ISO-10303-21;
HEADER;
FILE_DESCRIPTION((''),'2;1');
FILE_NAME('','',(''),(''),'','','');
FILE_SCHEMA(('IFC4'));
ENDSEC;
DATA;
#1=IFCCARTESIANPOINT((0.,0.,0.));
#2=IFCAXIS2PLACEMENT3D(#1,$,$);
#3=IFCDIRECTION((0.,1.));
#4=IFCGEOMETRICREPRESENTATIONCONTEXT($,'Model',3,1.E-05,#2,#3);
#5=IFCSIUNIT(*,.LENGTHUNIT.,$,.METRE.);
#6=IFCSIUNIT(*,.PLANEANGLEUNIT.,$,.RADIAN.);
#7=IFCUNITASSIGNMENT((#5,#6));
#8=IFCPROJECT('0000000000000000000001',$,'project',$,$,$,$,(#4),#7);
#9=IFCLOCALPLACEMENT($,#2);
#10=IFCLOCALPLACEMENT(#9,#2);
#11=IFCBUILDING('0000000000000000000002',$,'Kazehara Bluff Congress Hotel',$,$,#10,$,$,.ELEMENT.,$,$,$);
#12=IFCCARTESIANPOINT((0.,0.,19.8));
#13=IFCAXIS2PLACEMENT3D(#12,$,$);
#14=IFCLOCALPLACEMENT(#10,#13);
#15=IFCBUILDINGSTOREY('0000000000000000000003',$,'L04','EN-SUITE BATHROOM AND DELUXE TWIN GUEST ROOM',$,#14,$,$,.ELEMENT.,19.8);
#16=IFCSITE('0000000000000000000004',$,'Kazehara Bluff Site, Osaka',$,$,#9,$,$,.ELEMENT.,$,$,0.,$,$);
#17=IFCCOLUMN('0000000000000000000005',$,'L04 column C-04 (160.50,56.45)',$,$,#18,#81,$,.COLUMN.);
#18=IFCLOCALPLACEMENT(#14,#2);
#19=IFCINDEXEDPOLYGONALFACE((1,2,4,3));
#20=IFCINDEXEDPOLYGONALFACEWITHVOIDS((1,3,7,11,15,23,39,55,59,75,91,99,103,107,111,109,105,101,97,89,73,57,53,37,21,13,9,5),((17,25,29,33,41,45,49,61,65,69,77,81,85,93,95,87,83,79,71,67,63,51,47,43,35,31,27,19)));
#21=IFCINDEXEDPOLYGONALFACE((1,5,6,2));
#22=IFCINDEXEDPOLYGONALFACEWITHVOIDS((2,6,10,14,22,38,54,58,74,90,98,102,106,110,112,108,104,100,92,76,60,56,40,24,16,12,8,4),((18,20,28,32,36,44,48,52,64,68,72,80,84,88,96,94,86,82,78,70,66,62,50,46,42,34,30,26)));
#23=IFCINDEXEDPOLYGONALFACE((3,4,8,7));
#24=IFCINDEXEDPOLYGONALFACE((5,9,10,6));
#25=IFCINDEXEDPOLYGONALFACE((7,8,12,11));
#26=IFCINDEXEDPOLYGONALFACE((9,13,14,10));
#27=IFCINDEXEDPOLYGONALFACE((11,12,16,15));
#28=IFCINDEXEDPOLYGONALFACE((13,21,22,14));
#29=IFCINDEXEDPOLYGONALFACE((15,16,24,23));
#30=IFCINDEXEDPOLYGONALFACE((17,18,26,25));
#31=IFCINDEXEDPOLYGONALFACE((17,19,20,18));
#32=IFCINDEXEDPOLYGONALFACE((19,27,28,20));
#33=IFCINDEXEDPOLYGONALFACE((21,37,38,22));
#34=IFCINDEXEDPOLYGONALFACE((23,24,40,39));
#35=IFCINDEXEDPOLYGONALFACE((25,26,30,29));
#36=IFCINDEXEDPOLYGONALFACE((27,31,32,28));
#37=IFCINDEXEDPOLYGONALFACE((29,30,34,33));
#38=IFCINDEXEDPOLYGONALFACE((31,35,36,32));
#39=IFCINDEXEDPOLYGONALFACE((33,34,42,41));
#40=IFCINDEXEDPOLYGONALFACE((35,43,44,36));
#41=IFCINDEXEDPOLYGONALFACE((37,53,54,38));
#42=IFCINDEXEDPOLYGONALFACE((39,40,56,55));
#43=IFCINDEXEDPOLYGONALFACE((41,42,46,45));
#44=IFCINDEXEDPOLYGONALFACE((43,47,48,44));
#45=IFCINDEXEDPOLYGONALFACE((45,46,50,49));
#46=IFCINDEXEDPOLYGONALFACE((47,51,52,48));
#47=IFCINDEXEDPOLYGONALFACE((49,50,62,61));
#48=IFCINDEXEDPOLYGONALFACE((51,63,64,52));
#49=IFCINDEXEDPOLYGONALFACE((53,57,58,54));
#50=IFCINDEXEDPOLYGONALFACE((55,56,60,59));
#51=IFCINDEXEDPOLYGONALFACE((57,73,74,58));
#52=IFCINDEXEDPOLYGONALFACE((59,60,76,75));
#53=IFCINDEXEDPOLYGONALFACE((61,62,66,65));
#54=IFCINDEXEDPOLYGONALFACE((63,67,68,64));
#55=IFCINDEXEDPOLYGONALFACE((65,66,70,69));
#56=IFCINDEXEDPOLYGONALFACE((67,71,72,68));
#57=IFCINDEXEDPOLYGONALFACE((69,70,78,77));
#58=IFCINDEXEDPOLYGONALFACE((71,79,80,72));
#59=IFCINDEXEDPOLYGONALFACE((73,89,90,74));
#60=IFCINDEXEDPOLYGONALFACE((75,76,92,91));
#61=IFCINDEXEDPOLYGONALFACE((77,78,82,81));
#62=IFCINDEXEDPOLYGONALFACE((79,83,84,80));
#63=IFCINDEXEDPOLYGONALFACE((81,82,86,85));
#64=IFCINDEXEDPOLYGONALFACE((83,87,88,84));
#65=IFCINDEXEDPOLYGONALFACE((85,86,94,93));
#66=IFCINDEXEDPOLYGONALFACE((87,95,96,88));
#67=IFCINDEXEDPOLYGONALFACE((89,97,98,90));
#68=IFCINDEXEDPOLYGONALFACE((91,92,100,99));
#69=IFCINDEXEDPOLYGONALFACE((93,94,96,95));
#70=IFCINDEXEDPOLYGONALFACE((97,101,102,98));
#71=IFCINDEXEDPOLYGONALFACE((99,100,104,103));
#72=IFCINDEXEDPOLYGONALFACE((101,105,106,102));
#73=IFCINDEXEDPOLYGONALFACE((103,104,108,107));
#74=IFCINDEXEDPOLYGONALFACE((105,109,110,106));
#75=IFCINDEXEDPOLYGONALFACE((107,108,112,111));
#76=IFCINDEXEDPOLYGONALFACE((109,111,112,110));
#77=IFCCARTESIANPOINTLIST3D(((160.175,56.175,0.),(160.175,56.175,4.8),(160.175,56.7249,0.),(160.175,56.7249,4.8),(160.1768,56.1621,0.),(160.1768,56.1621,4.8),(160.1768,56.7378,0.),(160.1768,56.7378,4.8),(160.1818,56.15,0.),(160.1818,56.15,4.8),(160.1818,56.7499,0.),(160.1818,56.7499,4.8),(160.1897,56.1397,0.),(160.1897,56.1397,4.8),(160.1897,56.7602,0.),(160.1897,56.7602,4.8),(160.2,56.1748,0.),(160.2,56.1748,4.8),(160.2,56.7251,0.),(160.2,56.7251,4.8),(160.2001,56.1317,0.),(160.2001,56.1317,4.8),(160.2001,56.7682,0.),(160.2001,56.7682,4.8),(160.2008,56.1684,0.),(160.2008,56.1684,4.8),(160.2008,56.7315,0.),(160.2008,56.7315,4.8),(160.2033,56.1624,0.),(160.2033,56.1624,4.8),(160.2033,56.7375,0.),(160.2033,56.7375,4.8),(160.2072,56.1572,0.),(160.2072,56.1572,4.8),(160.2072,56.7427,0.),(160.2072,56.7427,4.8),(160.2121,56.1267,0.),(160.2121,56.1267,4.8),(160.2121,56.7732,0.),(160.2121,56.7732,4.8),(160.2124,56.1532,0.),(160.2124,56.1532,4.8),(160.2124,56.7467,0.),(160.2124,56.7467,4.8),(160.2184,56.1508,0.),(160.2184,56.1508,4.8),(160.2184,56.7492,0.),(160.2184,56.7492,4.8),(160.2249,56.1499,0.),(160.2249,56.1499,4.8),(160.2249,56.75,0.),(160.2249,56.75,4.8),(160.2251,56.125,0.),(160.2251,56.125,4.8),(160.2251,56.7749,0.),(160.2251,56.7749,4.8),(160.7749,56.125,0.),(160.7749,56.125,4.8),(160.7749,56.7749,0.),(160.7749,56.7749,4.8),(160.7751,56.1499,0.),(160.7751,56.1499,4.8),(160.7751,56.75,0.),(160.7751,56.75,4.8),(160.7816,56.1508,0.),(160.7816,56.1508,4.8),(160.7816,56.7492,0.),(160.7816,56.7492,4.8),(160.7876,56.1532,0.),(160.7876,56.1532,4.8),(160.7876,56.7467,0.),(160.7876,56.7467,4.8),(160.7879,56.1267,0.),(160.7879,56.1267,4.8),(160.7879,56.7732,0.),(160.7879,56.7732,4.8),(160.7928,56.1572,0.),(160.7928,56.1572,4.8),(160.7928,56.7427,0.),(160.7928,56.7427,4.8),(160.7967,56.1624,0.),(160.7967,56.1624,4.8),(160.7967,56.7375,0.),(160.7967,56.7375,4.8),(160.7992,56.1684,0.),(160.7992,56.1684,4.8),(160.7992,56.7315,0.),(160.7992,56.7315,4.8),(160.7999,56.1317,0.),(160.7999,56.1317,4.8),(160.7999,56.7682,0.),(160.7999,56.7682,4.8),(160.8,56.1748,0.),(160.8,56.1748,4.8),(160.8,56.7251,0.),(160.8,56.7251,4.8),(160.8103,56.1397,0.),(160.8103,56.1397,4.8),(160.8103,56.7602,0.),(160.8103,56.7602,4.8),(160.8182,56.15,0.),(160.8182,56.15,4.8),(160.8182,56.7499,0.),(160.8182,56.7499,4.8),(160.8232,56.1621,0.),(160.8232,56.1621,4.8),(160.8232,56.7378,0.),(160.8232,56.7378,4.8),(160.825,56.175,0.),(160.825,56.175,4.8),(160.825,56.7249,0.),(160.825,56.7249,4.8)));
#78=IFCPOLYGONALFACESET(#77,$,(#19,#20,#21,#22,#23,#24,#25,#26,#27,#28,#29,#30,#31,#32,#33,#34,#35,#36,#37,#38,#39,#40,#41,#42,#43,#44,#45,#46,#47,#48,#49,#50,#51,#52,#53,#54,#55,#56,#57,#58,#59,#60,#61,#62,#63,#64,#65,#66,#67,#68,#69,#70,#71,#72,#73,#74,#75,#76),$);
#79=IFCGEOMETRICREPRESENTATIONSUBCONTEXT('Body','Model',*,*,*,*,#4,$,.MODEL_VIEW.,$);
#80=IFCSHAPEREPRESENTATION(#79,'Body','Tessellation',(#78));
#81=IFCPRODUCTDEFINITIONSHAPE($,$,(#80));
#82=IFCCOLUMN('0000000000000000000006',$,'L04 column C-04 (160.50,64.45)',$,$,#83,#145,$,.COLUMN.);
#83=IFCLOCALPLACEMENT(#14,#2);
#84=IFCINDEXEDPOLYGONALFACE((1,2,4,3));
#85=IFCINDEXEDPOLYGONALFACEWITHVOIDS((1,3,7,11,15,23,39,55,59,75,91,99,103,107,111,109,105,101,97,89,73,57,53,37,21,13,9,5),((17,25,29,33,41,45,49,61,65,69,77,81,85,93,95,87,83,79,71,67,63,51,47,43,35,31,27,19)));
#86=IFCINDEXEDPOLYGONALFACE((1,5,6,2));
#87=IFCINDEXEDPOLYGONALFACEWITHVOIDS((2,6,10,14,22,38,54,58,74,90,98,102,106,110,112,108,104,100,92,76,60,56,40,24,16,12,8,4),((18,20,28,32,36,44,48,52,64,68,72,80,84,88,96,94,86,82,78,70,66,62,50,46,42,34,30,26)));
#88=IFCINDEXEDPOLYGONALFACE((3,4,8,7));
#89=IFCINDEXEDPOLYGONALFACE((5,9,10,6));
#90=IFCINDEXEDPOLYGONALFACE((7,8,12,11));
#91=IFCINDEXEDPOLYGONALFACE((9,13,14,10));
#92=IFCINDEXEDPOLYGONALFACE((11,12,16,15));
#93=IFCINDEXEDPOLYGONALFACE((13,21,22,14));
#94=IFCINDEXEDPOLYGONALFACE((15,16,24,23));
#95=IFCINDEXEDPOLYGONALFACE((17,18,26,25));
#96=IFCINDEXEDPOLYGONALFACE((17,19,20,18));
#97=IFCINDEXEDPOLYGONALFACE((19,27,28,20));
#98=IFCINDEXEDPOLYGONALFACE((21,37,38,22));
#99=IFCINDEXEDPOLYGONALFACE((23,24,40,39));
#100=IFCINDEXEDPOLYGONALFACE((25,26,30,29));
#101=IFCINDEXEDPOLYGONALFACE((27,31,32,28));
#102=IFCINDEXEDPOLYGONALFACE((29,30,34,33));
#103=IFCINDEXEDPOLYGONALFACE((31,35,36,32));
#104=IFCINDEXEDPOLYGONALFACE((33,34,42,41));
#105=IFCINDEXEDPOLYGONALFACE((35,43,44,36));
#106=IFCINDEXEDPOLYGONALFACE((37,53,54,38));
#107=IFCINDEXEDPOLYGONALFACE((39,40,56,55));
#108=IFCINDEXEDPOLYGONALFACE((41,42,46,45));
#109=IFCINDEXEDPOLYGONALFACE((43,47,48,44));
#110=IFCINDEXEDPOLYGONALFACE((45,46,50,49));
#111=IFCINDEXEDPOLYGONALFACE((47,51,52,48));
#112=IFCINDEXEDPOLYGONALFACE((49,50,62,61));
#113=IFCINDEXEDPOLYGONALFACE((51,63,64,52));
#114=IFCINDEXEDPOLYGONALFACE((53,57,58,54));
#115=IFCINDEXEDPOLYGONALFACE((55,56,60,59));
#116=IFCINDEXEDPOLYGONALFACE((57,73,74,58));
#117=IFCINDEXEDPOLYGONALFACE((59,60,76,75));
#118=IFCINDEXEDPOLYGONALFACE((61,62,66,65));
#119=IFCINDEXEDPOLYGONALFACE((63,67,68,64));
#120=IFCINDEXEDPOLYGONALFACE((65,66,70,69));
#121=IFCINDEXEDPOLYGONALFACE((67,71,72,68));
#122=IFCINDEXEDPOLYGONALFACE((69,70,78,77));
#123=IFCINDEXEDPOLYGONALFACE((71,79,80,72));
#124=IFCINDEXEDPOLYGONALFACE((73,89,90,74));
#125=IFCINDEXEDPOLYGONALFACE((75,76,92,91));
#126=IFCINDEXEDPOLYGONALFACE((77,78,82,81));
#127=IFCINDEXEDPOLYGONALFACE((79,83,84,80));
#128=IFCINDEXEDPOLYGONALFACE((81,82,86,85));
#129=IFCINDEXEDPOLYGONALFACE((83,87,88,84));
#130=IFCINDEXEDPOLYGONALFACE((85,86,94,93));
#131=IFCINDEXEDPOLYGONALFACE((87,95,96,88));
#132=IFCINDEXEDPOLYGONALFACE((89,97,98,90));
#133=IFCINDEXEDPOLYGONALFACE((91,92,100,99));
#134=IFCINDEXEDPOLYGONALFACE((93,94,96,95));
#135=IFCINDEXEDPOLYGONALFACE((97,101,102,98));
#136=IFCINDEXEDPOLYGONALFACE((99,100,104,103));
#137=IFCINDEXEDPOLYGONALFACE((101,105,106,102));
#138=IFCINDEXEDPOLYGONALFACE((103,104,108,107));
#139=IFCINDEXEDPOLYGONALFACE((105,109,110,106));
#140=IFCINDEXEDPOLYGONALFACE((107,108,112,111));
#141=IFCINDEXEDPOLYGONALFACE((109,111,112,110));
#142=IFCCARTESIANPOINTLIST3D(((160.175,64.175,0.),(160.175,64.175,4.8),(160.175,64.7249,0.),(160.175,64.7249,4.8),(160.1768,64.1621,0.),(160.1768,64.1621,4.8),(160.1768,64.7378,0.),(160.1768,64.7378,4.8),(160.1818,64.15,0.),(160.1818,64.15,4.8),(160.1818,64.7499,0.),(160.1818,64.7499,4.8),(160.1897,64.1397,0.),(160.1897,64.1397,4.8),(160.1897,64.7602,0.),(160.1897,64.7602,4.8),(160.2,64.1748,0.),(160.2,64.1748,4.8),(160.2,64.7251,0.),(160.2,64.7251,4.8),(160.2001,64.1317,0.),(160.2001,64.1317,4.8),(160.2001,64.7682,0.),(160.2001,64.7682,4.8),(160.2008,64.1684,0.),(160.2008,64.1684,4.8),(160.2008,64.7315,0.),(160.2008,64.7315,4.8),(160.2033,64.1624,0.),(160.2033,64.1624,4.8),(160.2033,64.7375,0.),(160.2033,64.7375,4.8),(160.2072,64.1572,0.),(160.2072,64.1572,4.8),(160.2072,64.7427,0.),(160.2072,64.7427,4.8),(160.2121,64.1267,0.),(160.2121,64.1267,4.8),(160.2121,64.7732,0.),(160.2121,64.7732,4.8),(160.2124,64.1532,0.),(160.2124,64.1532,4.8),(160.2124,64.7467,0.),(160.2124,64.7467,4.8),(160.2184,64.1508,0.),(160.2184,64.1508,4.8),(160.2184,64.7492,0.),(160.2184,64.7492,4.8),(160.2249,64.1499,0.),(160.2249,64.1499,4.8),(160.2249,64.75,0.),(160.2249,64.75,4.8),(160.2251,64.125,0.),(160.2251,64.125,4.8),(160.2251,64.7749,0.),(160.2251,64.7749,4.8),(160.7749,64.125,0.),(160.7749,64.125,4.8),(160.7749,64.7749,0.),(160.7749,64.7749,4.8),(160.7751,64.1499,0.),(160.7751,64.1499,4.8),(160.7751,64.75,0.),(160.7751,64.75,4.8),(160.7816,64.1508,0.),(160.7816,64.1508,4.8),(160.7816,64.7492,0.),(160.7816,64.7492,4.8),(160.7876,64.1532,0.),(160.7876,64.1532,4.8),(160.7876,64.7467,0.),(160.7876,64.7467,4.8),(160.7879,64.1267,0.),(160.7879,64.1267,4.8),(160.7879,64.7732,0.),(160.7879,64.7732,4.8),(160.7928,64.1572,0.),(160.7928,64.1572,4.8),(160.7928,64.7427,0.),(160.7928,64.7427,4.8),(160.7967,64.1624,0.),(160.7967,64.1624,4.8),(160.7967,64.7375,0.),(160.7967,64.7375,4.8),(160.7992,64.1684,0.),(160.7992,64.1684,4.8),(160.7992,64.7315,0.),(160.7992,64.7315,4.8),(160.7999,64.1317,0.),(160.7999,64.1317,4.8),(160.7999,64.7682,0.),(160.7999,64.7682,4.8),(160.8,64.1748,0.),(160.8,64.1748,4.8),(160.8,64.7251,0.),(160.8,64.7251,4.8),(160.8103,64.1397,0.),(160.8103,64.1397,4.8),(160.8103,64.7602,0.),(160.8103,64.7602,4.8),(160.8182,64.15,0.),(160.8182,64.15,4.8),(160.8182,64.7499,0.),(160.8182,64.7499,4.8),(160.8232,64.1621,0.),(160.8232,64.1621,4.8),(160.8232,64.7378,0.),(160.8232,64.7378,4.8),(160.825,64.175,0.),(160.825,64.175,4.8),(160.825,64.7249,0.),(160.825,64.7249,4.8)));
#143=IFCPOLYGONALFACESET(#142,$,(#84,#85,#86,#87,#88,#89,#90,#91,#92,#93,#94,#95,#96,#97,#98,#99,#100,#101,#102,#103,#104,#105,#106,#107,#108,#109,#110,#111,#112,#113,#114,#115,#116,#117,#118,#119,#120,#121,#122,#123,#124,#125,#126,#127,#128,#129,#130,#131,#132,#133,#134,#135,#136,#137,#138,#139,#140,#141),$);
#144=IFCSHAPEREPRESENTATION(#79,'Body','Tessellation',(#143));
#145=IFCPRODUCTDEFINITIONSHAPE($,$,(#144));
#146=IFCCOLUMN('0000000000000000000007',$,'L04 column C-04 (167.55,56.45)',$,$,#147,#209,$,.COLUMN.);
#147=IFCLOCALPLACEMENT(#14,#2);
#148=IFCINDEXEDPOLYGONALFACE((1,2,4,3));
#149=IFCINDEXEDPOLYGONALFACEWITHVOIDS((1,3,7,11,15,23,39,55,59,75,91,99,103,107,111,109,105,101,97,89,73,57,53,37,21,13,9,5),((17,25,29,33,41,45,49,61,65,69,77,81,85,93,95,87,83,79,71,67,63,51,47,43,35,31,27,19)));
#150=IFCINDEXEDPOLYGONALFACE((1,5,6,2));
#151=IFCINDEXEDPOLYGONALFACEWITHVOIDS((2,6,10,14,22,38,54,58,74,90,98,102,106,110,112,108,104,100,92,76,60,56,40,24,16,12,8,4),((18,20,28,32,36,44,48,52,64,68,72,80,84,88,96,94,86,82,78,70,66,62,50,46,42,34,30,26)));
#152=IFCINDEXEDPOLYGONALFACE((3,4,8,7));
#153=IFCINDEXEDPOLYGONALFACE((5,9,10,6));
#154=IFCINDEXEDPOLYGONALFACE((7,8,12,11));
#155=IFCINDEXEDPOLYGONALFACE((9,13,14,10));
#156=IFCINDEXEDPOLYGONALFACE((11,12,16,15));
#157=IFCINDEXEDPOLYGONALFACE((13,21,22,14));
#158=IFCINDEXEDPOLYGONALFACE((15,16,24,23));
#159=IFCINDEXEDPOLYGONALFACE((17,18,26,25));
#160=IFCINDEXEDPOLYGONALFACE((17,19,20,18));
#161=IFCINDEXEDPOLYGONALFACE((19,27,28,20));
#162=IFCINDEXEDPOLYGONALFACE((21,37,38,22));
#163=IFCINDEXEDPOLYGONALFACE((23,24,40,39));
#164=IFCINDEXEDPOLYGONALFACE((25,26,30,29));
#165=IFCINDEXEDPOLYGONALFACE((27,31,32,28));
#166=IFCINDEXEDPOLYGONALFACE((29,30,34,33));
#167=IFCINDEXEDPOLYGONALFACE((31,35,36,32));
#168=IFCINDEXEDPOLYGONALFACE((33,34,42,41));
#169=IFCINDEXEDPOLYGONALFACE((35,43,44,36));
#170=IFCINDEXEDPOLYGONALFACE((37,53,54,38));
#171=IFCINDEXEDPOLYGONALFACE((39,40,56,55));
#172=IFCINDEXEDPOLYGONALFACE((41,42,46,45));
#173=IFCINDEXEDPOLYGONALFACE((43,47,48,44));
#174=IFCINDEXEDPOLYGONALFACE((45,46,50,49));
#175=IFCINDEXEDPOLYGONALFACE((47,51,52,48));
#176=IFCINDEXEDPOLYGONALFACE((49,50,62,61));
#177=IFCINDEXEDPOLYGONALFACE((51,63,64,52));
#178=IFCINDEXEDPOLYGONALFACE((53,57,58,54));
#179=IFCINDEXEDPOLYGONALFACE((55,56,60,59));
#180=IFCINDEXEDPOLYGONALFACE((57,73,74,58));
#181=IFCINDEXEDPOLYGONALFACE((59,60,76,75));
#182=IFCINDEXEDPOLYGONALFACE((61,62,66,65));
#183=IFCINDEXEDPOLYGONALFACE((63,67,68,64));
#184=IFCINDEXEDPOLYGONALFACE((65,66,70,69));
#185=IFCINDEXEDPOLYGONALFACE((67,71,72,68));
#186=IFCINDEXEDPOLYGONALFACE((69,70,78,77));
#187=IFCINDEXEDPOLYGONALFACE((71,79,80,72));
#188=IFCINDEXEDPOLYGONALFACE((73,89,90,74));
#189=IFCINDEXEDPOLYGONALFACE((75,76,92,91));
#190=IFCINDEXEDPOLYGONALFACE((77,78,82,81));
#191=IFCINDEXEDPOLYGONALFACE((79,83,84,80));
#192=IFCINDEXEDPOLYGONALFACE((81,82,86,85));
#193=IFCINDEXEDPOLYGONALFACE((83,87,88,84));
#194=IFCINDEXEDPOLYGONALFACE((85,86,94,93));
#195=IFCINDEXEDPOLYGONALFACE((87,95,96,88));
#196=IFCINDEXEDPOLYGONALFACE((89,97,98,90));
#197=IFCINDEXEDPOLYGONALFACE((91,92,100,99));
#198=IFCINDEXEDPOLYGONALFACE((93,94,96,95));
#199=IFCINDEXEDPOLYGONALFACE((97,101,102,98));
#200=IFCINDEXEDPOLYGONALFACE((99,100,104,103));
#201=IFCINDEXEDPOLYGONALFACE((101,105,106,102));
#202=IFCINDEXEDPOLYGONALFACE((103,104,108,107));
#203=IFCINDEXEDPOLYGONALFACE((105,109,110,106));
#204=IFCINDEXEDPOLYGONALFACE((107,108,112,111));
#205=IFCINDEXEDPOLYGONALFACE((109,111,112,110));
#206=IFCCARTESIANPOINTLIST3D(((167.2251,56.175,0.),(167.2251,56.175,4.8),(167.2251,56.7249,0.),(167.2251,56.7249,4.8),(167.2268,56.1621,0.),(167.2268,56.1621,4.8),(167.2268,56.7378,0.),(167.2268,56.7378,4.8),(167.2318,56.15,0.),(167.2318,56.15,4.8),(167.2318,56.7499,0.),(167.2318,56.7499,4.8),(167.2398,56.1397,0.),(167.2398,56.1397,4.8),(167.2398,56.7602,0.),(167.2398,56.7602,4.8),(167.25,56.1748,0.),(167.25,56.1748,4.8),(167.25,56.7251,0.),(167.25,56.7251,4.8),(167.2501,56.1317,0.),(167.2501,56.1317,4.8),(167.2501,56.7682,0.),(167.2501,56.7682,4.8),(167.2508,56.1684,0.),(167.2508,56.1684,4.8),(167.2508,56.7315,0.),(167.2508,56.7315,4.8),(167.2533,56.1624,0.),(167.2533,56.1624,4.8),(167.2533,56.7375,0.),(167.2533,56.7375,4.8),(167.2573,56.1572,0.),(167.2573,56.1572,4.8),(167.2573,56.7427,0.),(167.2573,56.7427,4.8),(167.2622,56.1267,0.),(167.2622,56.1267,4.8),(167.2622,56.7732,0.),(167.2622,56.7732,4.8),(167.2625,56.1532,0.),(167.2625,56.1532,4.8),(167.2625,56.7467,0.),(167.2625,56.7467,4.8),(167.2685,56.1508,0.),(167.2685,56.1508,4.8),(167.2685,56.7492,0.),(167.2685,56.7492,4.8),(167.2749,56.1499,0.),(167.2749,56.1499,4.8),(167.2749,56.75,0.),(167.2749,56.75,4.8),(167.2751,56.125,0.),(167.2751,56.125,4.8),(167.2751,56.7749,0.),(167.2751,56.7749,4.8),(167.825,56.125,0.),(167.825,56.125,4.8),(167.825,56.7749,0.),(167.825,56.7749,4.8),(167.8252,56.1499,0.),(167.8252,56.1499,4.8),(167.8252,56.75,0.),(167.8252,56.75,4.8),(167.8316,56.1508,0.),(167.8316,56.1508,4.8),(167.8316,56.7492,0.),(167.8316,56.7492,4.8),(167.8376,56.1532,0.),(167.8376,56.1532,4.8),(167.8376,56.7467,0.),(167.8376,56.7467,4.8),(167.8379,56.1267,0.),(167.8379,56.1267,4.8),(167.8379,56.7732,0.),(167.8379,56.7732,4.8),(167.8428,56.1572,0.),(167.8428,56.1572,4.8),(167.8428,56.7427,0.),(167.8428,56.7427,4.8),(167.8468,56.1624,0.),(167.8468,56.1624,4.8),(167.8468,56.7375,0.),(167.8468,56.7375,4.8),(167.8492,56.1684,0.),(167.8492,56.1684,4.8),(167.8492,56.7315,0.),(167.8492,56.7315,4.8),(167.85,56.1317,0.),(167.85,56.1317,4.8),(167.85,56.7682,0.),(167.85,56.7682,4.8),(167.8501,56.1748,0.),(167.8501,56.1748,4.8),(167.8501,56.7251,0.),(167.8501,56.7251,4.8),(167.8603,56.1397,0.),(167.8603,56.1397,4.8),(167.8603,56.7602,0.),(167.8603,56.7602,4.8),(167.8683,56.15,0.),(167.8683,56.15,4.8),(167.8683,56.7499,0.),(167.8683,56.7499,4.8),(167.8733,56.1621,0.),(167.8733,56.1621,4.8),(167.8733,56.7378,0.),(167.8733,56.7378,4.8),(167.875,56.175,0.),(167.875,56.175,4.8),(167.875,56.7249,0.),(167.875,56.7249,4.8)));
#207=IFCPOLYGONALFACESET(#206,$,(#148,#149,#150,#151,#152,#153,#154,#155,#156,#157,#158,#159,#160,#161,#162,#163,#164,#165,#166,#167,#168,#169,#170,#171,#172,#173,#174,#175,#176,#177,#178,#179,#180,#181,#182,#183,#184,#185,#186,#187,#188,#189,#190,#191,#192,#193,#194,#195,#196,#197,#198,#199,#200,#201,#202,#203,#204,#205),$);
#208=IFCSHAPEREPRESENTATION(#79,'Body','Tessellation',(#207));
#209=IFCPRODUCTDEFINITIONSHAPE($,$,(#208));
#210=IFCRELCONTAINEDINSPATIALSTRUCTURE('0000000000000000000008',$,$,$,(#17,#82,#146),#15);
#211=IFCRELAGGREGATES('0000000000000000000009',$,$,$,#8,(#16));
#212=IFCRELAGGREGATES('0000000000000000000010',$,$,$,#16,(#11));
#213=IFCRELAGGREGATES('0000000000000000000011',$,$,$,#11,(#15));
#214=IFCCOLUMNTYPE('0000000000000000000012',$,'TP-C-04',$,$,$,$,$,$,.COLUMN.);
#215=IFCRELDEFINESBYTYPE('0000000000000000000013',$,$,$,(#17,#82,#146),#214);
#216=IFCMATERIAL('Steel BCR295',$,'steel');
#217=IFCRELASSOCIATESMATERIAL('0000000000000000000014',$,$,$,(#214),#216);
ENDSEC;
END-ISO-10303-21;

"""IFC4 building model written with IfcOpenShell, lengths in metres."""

from ifc_helpers import new_model, si_unit, direction, frame, origin, origin_2d, place, context, subcontext, project, spatial, hollow_rectangle, extrude, material, material_profile, profile_set, type_object, element, save


model = new_model("IFC4")

# Units and contexts
model_context = context("Model", 3, precision=1e-05, world=origin(), true_north=direction((0.0, 1.0)))
body_context = subcontext(model_context, "Body", "Model", "MODEL_VIEW")
ifc_project = project(units=[si_unit("LENGTHUNIT", "METRE"), si_unit("PLANEANGLEUNIT", "RADIAN")], contexts=[model_context])

# Site, building, storey
site_placement = place(None, origin())
site = spatial("IfcSite", under=ifc_project, at=site_placement, Name="Kazehara Bluff Site, Osaka", CompositionType="ELEMENT", RefElevation=0.0)
building_placement = place(site_placement, origin())
building = spatial("IfcBuilding", under=site, at=building_placement, Name="Kazehara Bluff Congress Hotel", CompositionType="ELEMENT")
storey_placement = place(building_placement, frame((0.0, 0.0, 19.8)))
storey = spatial("IfcBuildingStorey", under=building, at=storey_placement, Name="L04", Description="EN-SUITE BATHROOM AND DELUXE TWIN GUEST ROOM", CompositionType="ELEMENT", Elevation=19.8)

# Columns
ifc_material_1 = material(Name="Steel BCR295", Category="steel")
ifc_material_profile_1 = material_profile(ifc_material_1, hollow_rectangle(XDim=0.6499, YDim=0.6499, WallThickness=0.0249, InnerFilletRadius=0.0249, OuterFilletRadius=0.05, at=origin_2d()))
ifc_profile_set_1 = profile_set([ifc_material_profile_1], Name="Steel BCR295")
column_type = type_object("IfcColumnType", Name="TP-C-04", PredefinedType="COLUMN", material=ifc_profile_set_1)
for number, where, z_axis, x_axis, name in (
    (1, (160.5, 56.45, 0.0), (0.0, 0.0, 1.0), (1.0, 0.0, 0.0), "L04 column C-04 (160.50,56.45)"),
    (2, (160.5, 64.45, 0.0), (0.0, 0.0, 1.0), (1.0, 0.0, 0.0), "L04 column C-04 (160.50,64.45)"),
    (3, (167.55, 56.45, 0.0), (0.0, 0.0, 1.0), (1.0, 0.0, 0.0), "L04 column C-04 (167.55,56.45)"),
):
    element("IfcColumn", number, at=place(storey_placement, frame(where, z_axis=z_axis, x_axis=x_axis)), inside=storey, type_object=column_type, Name=name, PredefinedType="COLUMN", context=body_context, shape_type="SweptSolid", body=[
        extrude(hollow_rectangle(XDim=0.6499, YDim=0.6499, WallThickness=0.0249, InnerFilletRadius=0.0249, OuterFilletRadius=0.05, at=origin_2d()), origin(), (0.0, 0.0, 1.0), 4.8),
    ])

save(model, "model.ifc")
